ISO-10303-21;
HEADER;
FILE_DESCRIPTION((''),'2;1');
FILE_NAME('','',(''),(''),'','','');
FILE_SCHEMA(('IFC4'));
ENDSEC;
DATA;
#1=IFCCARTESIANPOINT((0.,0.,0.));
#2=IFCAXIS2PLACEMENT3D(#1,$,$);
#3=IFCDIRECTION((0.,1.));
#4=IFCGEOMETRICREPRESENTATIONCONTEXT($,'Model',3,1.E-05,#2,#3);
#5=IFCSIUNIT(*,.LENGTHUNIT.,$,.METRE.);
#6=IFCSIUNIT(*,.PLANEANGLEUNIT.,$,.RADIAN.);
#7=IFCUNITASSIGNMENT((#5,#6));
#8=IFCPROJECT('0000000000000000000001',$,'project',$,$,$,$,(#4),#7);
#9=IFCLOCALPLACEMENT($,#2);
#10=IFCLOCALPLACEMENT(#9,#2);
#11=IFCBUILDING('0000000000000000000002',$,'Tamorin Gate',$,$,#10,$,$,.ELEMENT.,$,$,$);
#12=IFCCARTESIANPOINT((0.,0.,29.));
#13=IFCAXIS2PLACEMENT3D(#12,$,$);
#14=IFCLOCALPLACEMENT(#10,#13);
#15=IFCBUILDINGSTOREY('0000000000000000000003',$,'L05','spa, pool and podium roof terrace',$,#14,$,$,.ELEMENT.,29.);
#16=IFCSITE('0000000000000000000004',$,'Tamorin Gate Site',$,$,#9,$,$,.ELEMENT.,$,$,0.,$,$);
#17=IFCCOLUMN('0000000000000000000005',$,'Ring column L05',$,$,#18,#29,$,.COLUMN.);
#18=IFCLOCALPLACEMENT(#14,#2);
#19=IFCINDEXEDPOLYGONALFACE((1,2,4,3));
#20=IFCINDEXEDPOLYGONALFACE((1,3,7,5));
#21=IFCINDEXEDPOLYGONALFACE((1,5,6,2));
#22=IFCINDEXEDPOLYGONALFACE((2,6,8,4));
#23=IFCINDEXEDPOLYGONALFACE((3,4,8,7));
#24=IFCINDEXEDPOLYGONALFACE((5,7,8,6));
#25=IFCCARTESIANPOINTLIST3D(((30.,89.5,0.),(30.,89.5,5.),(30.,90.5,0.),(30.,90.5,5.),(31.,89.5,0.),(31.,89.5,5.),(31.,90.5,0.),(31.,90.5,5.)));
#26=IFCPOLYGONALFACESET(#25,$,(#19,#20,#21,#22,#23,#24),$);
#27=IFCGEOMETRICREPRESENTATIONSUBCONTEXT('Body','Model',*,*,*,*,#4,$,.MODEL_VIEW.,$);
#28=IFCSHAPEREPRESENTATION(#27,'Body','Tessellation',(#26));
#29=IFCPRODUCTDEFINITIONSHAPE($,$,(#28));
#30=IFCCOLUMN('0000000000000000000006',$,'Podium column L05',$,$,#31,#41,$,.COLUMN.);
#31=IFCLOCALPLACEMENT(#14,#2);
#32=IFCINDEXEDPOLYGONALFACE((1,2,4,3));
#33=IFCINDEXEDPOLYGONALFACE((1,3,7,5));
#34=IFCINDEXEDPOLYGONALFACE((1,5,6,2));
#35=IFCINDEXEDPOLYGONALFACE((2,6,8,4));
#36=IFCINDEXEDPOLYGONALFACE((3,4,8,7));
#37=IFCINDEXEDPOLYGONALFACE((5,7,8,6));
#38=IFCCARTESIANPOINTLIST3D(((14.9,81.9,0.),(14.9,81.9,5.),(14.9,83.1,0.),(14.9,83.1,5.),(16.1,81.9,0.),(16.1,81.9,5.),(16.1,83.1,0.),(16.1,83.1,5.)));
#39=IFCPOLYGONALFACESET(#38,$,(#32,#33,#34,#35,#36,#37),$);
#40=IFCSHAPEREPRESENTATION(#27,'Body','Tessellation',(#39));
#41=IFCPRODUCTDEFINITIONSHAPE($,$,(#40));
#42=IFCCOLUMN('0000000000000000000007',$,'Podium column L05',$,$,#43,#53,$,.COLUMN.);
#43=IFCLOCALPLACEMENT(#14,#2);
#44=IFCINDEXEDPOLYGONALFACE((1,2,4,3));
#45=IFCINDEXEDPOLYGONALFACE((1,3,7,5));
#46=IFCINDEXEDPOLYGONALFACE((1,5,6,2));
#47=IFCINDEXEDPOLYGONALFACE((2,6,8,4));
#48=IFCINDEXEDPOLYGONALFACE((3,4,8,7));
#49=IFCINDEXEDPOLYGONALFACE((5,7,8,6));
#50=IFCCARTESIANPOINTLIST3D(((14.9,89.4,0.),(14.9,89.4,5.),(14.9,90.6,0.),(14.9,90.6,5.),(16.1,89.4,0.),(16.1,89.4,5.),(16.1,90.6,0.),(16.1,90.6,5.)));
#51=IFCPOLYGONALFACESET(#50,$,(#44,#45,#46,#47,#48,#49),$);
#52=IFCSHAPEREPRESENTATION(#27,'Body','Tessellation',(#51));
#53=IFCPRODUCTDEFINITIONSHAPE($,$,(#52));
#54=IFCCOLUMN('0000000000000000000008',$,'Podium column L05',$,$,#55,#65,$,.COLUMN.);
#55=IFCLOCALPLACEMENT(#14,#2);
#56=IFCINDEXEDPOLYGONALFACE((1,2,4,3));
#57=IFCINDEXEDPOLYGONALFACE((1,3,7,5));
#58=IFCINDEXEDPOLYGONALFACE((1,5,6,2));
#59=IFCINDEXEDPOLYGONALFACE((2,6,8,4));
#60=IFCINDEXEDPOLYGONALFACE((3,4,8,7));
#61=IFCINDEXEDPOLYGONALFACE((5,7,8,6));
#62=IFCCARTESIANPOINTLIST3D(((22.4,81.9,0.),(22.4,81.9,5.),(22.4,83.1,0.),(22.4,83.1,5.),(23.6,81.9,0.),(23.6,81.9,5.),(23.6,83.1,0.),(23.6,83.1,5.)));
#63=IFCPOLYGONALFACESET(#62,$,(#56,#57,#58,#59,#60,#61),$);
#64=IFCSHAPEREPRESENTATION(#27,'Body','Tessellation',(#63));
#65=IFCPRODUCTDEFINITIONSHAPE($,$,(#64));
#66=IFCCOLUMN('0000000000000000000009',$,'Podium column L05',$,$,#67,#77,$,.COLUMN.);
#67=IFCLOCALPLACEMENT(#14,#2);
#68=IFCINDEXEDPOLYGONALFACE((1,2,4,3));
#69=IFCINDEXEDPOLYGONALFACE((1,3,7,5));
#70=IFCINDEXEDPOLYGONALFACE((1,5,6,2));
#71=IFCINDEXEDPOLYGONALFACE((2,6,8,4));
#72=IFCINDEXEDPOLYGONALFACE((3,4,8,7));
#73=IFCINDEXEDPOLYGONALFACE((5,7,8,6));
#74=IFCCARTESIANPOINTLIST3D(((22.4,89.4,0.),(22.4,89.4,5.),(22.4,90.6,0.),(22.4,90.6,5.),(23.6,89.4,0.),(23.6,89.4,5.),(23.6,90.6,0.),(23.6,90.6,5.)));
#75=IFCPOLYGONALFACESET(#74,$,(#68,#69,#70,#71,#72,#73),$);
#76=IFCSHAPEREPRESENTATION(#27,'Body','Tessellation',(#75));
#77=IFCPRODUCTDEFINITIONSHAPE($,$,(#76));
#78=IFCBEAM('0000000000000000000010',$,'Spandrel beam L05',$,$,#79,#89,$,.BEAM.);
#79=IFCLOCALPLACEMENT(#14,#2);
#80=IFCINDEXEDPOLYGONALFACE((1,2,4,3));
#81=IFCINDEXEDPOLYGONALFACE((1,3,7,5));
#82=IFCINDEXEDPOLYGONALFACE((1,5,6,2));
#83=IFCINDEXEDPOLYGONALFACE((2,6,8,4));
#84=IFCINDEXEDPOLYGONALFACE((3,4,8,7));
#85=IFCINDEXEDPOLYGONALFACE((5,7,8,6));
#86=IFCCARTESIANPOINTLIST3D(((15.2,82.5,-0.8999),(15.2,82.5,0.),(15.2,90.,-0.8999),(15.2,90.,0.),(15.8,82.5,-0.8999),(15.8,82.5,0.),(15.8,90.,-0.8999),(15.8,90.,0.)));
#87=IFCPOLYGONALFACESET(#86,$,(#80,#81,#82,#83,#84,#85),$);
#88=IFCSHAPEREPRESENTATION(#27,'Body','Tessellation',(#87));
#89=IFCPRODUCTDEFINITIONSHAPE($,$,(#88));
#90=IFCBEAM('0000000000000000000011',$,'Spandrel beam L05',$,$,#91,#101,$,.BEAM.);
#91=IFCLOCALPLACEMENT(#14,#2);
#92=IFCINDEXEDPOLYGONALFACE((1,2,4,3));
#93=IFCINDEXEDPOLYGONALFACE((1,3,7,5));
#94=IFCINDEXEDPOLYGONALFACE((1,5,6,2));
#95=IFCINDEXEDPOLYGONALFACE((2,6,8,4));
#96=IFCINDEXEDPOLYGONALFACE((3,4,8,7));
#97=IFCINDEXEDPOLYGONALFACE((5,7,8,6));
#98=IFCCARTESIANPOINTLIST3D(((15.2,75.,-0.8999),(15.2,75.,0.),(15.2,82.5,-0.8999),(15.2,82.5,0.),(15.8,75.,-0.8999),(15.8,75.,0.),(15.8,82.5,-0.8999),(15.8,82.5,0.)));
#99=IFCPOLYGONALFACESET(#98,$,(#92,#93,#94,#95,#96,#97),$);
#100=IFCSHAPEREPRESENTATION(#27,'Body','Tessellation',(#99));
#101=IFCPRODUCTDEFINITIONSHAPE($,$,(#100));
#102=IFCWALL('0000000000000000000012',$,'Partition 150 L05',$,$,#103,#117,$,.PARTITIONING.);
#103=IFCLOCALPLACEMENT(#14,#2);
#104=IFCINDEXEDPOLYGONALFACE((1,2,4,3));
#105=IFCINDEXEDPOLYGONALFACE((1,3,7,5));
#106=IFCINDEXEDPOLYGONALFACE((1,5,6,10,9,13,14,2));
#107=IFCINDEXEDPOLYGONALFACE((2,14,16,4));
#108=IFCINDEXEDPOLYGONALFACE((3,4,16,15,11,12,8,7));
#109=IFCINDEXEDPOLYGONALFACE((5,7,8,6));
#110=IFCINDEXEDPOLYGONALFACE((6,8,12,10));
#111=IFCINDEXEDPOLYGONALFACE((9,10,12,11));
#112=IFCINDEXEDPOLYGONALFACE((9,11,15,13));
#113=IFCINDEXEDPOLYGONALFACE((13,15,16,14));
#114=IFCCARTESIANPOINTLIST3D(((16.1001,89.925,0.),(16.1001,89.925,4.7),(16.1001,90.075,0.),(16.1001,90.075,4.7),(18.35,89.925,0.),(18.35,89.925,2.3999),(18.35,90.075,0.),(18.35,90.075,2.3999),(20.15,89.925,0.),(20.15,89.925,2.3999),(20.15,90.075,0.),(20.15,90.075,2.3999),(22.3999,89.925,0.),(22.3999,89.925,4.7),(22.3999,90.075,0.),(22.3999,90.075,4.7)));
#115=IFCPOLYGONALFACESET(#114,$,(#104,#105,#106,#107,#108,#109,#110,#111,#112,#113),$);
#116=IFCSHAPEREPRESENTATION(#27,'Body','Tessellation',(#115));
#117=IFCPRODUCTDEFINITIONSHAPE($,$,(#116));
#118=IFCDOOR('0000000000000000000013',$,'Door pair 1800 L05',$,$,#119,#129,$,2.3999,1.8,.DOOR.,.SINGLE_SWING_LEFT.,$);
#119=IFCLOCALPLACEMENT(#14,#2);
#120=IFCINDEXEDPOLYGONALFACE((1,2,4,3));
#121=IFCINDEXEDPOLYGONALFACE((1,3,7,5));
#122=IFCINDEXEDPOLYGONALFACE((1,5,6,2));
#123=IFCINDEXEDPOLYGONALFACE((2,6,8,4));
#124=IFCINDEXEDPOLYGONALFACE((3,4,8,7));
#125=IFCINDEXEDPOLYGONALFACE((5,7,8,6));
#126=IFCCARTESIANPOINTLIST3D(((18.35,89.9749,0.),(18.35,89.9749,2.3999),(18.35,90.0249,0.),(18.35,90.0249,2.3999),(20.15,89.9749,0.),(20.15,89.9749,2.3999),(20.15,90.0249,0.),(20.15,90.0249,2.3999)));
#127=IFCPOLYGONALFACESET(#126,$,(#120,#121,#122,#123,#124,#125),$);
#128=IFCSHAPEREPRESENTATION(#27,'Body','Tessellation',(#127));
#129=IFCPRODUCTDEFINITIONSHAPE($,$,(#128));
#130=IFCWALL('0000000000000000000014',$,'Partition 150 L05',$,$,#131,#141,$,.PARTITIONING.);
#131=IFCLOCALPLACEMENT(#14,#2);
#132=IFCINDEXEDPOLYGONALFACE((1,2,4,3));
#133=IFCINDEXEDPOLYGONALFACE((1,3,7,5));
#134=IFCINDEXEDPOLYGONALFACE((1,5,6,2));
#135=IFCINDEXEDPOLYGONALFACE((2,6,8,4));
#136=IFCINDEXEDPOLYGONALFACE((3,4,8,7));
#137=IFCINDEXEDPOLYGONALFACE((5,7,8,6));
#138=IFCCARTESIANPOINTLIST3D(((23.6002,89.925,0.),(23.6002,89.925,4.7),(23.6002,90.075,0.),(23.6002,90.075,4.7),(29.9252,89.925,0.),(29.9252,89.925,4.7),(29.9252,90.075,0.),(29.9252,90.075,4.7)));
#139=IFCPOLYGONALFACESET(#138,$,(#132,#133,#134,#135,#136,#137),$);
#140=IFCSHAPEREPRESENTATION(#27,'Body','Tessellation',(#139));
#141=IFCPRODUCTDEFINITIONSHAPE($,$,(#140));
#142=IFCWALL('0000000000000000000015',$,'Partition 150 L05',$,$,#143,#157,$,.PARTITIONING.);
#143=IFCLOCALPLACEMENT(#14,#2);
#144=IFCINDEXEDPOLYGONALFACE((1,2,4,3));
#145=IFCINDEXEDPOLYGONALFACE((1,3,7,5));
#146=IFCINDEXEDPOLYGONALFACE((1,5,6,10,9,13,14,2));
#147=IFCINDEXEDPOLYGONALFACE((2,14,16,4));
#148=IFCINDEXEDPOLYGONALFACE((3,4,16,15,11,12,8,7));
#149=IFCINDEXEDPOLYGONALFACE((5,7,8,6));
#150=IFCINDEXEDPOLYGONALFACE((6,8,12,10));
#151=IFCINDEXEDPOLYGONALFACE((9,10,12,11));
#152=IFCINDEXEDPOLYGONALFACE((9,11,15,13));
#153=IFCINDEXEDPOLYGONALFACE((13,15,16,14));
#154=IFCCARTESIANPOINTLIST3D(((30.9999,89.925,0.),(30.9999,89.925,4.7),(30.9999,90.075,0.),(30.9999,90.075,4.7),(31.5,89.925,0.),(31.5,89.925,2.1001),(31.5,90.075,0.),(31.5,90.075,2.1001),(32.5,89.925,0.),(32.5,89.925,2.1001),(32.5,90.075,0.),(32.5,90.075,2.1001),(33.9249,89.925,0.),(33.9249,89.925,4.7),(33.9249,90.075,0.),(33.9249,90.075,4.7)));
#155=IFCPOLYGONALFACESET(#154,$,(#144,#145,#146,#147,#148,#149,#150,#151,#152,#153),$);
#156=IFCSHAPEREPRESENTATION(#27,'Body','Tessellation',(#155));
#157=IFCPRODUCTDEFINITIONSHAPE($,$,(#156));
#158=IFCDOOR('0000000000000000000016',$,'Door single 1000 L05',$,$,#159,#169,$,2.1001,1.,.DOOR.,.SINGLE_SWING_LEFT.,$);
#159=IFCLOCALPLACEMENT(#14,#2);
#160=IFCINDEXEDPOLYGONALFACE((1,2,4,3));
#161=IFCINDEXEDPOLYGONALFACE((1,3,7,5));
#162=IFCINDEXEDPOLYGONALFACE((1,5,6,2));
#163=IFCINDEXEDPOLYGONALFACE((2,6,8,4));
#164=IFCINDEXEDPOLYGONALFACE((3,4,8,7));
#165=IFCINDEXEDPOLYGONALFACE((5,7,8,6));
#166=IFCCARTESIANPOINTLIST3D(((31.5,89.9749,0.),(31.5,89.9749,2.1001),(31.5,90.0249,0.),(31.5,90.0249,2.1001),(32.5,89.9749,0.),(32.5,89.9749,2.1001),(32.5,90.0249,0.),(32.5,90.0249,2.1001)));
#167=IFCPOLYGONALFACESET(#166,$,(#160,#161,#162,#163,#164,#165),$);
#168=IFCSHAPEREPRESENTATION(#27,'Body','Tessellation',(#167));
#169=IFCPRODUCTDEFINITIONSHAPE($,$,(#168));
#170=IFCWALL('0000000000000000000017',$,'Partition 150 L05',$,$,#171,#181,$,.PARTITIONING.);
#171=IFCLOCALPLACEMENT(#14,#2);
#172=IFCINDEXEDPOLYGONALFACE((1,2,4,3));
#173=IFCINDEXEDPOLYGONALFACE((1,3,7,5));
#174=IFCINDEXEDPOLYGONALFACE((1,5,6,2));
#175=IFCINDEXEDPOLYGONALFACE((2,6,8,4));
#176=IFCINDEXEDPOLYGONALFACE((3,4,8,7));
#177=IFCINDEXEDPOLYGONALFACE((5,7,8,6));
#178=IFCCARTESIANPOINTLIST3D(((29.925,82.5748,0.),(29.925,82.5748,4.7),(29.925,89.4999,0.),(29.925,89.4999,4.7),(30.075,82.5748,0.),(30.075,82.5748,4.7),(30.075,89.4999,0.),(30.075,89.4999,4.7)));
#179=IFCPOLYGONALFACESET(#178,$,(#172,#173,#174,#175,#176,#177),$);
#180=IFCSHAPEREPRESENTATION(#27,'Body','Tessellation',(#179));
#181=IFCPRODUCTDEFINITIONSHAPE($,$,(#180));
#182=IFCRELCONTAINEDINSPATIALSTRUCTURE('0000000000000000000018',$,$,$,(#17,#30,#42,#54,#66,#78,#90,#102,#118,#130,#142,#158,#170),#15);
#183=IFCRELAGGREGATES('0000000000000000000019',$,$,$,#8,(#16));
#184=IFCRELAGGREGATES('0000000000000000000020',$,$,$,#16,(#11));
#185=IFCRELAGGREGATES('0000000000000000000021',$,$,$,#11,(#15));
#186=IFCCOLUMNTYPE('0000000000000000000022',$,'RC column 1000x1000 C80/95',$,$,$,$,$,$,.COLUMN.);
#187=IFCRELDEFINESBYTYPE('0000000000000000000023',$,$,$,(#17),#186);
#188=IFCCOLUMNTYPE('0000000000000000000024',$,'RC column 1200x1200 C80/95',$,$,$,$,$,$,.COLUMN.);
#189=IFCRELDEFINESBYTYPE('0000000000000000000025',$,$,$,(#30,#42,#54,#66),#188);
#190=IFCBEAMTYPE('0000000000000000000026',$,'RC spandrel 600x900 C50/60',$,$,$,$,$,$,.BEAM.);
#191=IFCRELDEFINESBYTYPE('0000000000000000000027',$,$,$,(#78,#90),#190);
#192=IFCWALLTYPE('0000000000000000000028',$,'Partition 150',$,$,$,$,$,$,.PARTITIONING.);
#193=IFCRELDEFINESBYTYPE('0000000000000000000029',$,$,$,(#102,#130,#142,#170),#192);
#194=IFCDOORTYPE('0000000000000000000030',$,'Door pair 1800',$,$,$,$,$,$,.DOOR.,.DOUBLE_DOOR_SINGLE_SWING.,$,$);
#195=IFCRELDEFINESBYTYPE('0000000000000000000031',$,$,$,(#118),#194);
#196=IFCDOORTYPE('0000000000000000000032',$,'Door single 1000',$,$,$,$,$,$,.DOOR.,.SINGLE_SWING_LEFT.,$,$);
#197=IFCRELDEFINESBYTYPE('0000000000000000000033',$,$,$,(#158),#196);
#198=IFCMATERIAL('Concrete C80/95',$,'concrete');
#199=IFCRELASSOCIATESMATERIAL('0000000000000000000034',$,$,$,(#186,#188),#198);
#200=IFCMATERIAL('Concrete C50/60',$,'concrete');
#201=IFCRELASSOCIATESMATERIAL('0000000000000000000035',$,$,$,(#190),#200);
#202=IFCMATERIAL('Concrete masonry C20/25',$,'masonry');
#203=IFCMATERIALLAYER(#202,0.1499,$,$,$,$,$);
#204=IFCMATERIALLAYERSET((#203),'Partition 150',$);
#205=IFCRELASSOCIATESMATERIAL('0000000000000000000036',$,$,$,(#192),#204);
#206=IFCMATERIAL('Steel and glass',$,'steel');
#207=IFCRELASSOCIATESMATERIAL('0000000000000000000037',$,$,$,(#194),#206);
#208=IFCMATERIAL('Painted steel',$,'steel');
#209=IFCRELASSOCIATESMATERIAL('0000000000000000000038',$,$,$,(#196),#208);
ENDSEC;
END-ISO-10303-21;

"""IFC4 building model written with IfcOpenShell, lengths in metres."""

from ifc_helpers import new_model, si_unit, direction, frame, frame_2d, origin, origin_2d, place, context, subcontext, project, spatial, rectangle, extrude, material, layer, layer_set, material_profile, profile_set, type_object, element, fill, save


model = new_model("IFC4")

# Units and contexts
model_context = context("Model", 3, precision=1e-05, world=origin(), true_north=direction((0.0, 1.0)))
body_context = subcontext(model_context, "Body", "Model", "MODEL_VIEW")
ifc_project = project(units=[si_unit("LENGTHUNIT", "METRE"), si_unit("PLANEANGLEUNIT", "RADIAN")], contexts=[model_context])

# Site, building, storey
site_placement = place(None, origin())
site = spatial("IfcSite", under=ifc_project, at=site_placement, Name="Tamorin Gate Site", CompositionType="ELEMENT", RefElevation=0.0)
building_placement = place(site_placement, origin())
building = spatial("IfcBuilding", under=site, at=building_placement, Name="Tamorin Gate", CompositionType="ELEMENT")
storey_placement = place(building_placement, frame((0.0, 0.0, 29.0)))
storey = spatial("IfcBuildingStorey", under=building, at=storey_placement, Name="L05", Description="spa, pool and podium roof terrace", CompositionType="ELEMENT", Elevation=29.0)

# Columns
ifc_material_1 = material(Name="Concrete C80/95", Category="concrete")
ifc_material_profile_1 = material_profile(ifc_material_1, rectangle(XDim=1.0, YDim=1.0, at=origin_2d()), Name="RC 1000x1000")
ifc_profile_set_1 = profile_set([ifc_material_profile_1], Name="Concrete C80/95")
column_type_1 = type_object("IfcColumnType", Name="RC column 1000x1000 C80/95", PredefinedType="COLUMN", material=ifc_profile_set_1)
column_placement = place(storey_placement, frame((30.5, 90.0, 0.0), z_axis=(0.0, 0.0, 1.0), x_axis=(1.0, 0.0, 0.0)))
element("IfcColumn", 1, at=column_placement, inside=storey, type_object=column_type_1, Name="Ring column L05", PredefinedType="COLUMN", context=body_context, shape_type="SweptSolid", body=[
    extrude(rectangle(XDim=1.0, YDim=1.0, at=origin_2d()), origin(), (0.0, 0.0, 1.0), 5.0),
])
ifc_material_profile_2 = material_profile(ifc_material_1, rectangle(XDim=1.2, YDim=1.2, at=origin_2d()), Name="RC 1200x1200")
ifc_profile_set_2 = profile_set([ifc_material_profile_2], Name="Concrete C80/95")
column_type_2 = type_object("IfcColumnType", Name="RC column 1200x1200 C80/95", PredefinedType="COLUMN", material=ifc_profile_set_2)
for number, where, z_axis, x_axis, name in (
    (2, (15.5, 82.5, 0.0), (0.0, 0.0, 1.0), (1.0, 0.0, 0.0), "Podium column L05"),
    (3, (15.5, 90.0, 0.0), (0.0, 0.0, 1.0), (1.0, 0.0, 0.0), "Podium column L05"),
    (4, (23.0, 82.5, 0.0), (0.0, 0.0, 1.0), (1.0, 0.0, 0.0), "Podium column L05"),
    (5, (23.0, 90.0, 0.0), (0.0, 0.0, 1.0), (1.0, 0.0, 0.0), "Podium column L05"),
):
    element("IfcColumn", number, at=place(storey_placement, frame(where, z_axis=z_axis, x_axis=x_axis)), inside=storey, type_object=column_type_2, Name=name, PredefinedType="COLUMN", context=body_context, shape_type="SweptSolid", body=[
        extrude(rectangle(XDim=1.2, YDim=1.2, at=origin_2d()), origin(), (0.0, 0.0, 1.0), 5.0),
    ])

# Beams
ifc_material_2 = material(Name="Concrete C50/60", Category="concrete")
ifc_material_profile_3 = material_profile(ifc_material_2, rectangle(XDim=0.6001, YDim=0.8999, at=origin_2d()), Name="RC 600x900")
ifc_profile_set_3 = profile_set([ifc_material_profile_3], Name="Concrete C50/60")
beam_type = type_object("IfcBeamType", Name="RC spandrel 600x900 C50/60", PredefinedType="BEAM", material=ifc_profile_set_3)
for number, where, z_axis, x_axis, name in (
    (6, (15.5, 90.0, -0.45), (0.0, -1.0, 0.0), (1.0, 0.0, 0.0), "Spandrel beam L05"),
    (7, (15.5, 82.5, -0.45), (0.0, -1.0, 0.0), (1.0, 0.0, 0.0), "Spandrel beam L05"),
):
    element("IfcBeam", number, at=place(storey_placement, frame(where, z_axis=z_axis, x_axis=x_axis)), inside=storey, type_object=beam_type, Name=name, PredefinedType="BEAM", context=body_context, shape_type="SweptSolid", body=[
        extrude(rectangle(XDim=0.6001, YDim=0.8999, at=origin_2d()), origin(), (0.0, 0.0, 1.0), 7.5),
    ])

# Wall, opening, door
ifc_material_3 = material(Name="Concrete masonry C20/25", Category="masonry")
ifc_layer_1 = layer(ifc_material_3, 0.1499)
ifc_layer_set_1 = layer_set([ifc_layer_1], Name="Partition 150")
wall_type_1 = type_object("IfcWallType", Name="Partition 150", PredefinedType="PARTITIONING", material=ifc_layer_set_1)
wall_1_placement = place(storey_placement, frame((16.1001, 90.0, 0.0), z_axis=(0.0, 0.0, 1.0), x_axis=(1.0, 0.0, 0.0)))
wall_1 = element("IfcWall", 8, at=wall_1_placement, inside=storey, type_object=wall_type_1, Name="Partition 150 L05", PredefinedType="PARTITIONING", context=body_context, shape_type="SweptSolid", body=[
    extrude(rectangle(XDim=6.2998, YDim=0.1499, at=frame_2d((3.1499, 0.0))), origin(), (0.0, 0.0, 1.0), 4.7),
])
opening_1_placement = place(wall_1_placement, frame((2.25, 0.0, 0.0)))
opening_1 = element("IfcOpeningElement", 9, at=opening_1_placement, cuts=wall_1, PredefinedType="OPENING", context=body_context, shape_type="SweptSolid", body=[
    extrude(rectangle(XDim=1.8, YDim=2.3999, at=frame_2d((0.8999, 1.2))), frame((0.0, 0.085, 0.0), z_axis=(0.0, -1.0, 0.0), x_axis=(1.0, 0.0, 0.0)), (0.0, 0.0, 1.0), 0.1699),
])
ifc_material_4 = material(Name="Steel and glass", Category="steel")
door_type_1 = type_object("IfcDoorType", Name="Door pair 1800", OperationType="DOUBLE_DOOR_SINGLE_SWING", PredefinedType="DOOR", material=ifc_material_4)
door_1_placement = place(opening_1_placement, origin())
door_1 = element("IfcDoor", 10, at=door_1_placement, inside=storey, type_object=door_type_1, Name="Door pair 1800 L05", OperationType="SINGLE_SWING_LEFT", OverallHeight=2.3999, OverallWidth=1.8, PredefinedType="DOOR", context=body_context, shape_type="SweptSolid", body=[
    extrude(rectangle(XDim=1.8, YDim=2.3999, at=frame_2d((0.8999, 1.2))), frame((0.0, 0.0249, 0.0), z_axis=(0.0, -1.0, 0.0), x_axis=(1.0, 0.0, 0.0)), (0.0, 0.0, 1.0), 0.05),
])
fill(opening_1, door_1)

# Wall
wall_2_placement = place(storey_placement, frame((23.6001, 90.0, 0.0), z_axis=(0.0, 0.0, 1.0), x_axis=(1.0, 0.0, 0.0)))
element("IfcWall", 11, at=wall_2_placement, inside=storey, type_object=wall_type_1, Name="Partition 150 L05", PredefinedType="PARTITIONING", context=body_context, shape_type="SweptSolid", body=[
    extrude(rectangle(XDim=6.325, YDim=0.1499, at=frame_2d((3.1626, 0.0))), origin(), (0.0, 0.0, 1.0), 4.7),
])

# Wall, opening, door
wall_3_placement = place(storey_placement, frame((31.0, 90.0, 0.0), z_axis=(0.0, 0.0, 1.0), x_axis=(1.0, 0.0, 0.0)))
wall_3 = element("IfcWall", 12, at=wall_3_placement, inside=storey, type_object=wall_type_1, Name="Partition 150 L05", PredefinedType="PARTITIONING", context=body_context, shape_type="SweptSolid", body=[
    extrude(rectangle(XDim=2.925, YDim=0.1499, at=frame_2d((1.4624, 0.0))), origin(), (0.0, 0.0, 1.0), 4.7),
])
opening_2_placement = place(wall_3_placement, frame((0.5, 0.0, 0.0)))
opening_2 = element("IfcOpeningElement", 13, at=opening_2_placement, cuts=wall_3, PredefinedType="OPENING", context=body_context, shape_type="SweptSolid", body=[
    extrude(rectangle(XDim=1.0, YDim=2.1001, at=frame_2d((0.5, 1.05))), frame((0.0, 0.085, 0.0), z_axis=(0.0, -1.0, 0.0), x_axis=(1.0, 0.0, 0.0)), (0.0, 0.0, 1.0), 0.1699),
])
ifc_material_5 = material(Name="Painted steel", Category="steel")
door_type_2 = type_object("IfcDoorType", Name="Door single 1000", OperationType="SINGLE_SWING_LEFT", PredefinedType="DOOR", material=ifc_material_5)
door_2_placement = place(opening_2_placement, origin())
door_2 = element("IfcDoor", 14, at=door_2_placement, inside=storey, type_object=door_type_2, Name="Door single 1000 L05", OperationType="SINGLE_SWING_LEFT", OverallHeight=2.1001, OverallWidth=1.0, PredefinedType="DOOR", context=body_context, shape_type="SweptSolid", body=[
    extrude(rectangle(XDim=1.0, YDim=2.1001, at=frame_2d((0.5, 1.05))), frame((0.0, 0.0249, 0.0), z_axis=(0.0, -1.0, 0.0), x_axis=(1.0, 0.0, 0.0)), (0.0, 0.0, 1.0), 0.05),
])
fill(opening_2, door_2)

# Wall
wall_4_placement = place(storey_placement, frame((30.0, 82.575, 0.0), z_axis=(0.0, 0.0, 1.0), x_axis=(0.0, 1.0, 0.0)))
element("IfcWall", 15, at=wall_4_placement, inside=storey, type_object=wall_type_1, Name="Partition 150 L05", PredefinedType="PARTITIONING", context=body_context, shape_type="SweptSolid", body=[
    extrude(rectangle(XDim=6.925, YDim=0.1499, at=frame_2d((3.4624, 0.0))), origin(), (0.0, 0.0, 1.0), 4.7),
])

save(model, "model.ifc")
